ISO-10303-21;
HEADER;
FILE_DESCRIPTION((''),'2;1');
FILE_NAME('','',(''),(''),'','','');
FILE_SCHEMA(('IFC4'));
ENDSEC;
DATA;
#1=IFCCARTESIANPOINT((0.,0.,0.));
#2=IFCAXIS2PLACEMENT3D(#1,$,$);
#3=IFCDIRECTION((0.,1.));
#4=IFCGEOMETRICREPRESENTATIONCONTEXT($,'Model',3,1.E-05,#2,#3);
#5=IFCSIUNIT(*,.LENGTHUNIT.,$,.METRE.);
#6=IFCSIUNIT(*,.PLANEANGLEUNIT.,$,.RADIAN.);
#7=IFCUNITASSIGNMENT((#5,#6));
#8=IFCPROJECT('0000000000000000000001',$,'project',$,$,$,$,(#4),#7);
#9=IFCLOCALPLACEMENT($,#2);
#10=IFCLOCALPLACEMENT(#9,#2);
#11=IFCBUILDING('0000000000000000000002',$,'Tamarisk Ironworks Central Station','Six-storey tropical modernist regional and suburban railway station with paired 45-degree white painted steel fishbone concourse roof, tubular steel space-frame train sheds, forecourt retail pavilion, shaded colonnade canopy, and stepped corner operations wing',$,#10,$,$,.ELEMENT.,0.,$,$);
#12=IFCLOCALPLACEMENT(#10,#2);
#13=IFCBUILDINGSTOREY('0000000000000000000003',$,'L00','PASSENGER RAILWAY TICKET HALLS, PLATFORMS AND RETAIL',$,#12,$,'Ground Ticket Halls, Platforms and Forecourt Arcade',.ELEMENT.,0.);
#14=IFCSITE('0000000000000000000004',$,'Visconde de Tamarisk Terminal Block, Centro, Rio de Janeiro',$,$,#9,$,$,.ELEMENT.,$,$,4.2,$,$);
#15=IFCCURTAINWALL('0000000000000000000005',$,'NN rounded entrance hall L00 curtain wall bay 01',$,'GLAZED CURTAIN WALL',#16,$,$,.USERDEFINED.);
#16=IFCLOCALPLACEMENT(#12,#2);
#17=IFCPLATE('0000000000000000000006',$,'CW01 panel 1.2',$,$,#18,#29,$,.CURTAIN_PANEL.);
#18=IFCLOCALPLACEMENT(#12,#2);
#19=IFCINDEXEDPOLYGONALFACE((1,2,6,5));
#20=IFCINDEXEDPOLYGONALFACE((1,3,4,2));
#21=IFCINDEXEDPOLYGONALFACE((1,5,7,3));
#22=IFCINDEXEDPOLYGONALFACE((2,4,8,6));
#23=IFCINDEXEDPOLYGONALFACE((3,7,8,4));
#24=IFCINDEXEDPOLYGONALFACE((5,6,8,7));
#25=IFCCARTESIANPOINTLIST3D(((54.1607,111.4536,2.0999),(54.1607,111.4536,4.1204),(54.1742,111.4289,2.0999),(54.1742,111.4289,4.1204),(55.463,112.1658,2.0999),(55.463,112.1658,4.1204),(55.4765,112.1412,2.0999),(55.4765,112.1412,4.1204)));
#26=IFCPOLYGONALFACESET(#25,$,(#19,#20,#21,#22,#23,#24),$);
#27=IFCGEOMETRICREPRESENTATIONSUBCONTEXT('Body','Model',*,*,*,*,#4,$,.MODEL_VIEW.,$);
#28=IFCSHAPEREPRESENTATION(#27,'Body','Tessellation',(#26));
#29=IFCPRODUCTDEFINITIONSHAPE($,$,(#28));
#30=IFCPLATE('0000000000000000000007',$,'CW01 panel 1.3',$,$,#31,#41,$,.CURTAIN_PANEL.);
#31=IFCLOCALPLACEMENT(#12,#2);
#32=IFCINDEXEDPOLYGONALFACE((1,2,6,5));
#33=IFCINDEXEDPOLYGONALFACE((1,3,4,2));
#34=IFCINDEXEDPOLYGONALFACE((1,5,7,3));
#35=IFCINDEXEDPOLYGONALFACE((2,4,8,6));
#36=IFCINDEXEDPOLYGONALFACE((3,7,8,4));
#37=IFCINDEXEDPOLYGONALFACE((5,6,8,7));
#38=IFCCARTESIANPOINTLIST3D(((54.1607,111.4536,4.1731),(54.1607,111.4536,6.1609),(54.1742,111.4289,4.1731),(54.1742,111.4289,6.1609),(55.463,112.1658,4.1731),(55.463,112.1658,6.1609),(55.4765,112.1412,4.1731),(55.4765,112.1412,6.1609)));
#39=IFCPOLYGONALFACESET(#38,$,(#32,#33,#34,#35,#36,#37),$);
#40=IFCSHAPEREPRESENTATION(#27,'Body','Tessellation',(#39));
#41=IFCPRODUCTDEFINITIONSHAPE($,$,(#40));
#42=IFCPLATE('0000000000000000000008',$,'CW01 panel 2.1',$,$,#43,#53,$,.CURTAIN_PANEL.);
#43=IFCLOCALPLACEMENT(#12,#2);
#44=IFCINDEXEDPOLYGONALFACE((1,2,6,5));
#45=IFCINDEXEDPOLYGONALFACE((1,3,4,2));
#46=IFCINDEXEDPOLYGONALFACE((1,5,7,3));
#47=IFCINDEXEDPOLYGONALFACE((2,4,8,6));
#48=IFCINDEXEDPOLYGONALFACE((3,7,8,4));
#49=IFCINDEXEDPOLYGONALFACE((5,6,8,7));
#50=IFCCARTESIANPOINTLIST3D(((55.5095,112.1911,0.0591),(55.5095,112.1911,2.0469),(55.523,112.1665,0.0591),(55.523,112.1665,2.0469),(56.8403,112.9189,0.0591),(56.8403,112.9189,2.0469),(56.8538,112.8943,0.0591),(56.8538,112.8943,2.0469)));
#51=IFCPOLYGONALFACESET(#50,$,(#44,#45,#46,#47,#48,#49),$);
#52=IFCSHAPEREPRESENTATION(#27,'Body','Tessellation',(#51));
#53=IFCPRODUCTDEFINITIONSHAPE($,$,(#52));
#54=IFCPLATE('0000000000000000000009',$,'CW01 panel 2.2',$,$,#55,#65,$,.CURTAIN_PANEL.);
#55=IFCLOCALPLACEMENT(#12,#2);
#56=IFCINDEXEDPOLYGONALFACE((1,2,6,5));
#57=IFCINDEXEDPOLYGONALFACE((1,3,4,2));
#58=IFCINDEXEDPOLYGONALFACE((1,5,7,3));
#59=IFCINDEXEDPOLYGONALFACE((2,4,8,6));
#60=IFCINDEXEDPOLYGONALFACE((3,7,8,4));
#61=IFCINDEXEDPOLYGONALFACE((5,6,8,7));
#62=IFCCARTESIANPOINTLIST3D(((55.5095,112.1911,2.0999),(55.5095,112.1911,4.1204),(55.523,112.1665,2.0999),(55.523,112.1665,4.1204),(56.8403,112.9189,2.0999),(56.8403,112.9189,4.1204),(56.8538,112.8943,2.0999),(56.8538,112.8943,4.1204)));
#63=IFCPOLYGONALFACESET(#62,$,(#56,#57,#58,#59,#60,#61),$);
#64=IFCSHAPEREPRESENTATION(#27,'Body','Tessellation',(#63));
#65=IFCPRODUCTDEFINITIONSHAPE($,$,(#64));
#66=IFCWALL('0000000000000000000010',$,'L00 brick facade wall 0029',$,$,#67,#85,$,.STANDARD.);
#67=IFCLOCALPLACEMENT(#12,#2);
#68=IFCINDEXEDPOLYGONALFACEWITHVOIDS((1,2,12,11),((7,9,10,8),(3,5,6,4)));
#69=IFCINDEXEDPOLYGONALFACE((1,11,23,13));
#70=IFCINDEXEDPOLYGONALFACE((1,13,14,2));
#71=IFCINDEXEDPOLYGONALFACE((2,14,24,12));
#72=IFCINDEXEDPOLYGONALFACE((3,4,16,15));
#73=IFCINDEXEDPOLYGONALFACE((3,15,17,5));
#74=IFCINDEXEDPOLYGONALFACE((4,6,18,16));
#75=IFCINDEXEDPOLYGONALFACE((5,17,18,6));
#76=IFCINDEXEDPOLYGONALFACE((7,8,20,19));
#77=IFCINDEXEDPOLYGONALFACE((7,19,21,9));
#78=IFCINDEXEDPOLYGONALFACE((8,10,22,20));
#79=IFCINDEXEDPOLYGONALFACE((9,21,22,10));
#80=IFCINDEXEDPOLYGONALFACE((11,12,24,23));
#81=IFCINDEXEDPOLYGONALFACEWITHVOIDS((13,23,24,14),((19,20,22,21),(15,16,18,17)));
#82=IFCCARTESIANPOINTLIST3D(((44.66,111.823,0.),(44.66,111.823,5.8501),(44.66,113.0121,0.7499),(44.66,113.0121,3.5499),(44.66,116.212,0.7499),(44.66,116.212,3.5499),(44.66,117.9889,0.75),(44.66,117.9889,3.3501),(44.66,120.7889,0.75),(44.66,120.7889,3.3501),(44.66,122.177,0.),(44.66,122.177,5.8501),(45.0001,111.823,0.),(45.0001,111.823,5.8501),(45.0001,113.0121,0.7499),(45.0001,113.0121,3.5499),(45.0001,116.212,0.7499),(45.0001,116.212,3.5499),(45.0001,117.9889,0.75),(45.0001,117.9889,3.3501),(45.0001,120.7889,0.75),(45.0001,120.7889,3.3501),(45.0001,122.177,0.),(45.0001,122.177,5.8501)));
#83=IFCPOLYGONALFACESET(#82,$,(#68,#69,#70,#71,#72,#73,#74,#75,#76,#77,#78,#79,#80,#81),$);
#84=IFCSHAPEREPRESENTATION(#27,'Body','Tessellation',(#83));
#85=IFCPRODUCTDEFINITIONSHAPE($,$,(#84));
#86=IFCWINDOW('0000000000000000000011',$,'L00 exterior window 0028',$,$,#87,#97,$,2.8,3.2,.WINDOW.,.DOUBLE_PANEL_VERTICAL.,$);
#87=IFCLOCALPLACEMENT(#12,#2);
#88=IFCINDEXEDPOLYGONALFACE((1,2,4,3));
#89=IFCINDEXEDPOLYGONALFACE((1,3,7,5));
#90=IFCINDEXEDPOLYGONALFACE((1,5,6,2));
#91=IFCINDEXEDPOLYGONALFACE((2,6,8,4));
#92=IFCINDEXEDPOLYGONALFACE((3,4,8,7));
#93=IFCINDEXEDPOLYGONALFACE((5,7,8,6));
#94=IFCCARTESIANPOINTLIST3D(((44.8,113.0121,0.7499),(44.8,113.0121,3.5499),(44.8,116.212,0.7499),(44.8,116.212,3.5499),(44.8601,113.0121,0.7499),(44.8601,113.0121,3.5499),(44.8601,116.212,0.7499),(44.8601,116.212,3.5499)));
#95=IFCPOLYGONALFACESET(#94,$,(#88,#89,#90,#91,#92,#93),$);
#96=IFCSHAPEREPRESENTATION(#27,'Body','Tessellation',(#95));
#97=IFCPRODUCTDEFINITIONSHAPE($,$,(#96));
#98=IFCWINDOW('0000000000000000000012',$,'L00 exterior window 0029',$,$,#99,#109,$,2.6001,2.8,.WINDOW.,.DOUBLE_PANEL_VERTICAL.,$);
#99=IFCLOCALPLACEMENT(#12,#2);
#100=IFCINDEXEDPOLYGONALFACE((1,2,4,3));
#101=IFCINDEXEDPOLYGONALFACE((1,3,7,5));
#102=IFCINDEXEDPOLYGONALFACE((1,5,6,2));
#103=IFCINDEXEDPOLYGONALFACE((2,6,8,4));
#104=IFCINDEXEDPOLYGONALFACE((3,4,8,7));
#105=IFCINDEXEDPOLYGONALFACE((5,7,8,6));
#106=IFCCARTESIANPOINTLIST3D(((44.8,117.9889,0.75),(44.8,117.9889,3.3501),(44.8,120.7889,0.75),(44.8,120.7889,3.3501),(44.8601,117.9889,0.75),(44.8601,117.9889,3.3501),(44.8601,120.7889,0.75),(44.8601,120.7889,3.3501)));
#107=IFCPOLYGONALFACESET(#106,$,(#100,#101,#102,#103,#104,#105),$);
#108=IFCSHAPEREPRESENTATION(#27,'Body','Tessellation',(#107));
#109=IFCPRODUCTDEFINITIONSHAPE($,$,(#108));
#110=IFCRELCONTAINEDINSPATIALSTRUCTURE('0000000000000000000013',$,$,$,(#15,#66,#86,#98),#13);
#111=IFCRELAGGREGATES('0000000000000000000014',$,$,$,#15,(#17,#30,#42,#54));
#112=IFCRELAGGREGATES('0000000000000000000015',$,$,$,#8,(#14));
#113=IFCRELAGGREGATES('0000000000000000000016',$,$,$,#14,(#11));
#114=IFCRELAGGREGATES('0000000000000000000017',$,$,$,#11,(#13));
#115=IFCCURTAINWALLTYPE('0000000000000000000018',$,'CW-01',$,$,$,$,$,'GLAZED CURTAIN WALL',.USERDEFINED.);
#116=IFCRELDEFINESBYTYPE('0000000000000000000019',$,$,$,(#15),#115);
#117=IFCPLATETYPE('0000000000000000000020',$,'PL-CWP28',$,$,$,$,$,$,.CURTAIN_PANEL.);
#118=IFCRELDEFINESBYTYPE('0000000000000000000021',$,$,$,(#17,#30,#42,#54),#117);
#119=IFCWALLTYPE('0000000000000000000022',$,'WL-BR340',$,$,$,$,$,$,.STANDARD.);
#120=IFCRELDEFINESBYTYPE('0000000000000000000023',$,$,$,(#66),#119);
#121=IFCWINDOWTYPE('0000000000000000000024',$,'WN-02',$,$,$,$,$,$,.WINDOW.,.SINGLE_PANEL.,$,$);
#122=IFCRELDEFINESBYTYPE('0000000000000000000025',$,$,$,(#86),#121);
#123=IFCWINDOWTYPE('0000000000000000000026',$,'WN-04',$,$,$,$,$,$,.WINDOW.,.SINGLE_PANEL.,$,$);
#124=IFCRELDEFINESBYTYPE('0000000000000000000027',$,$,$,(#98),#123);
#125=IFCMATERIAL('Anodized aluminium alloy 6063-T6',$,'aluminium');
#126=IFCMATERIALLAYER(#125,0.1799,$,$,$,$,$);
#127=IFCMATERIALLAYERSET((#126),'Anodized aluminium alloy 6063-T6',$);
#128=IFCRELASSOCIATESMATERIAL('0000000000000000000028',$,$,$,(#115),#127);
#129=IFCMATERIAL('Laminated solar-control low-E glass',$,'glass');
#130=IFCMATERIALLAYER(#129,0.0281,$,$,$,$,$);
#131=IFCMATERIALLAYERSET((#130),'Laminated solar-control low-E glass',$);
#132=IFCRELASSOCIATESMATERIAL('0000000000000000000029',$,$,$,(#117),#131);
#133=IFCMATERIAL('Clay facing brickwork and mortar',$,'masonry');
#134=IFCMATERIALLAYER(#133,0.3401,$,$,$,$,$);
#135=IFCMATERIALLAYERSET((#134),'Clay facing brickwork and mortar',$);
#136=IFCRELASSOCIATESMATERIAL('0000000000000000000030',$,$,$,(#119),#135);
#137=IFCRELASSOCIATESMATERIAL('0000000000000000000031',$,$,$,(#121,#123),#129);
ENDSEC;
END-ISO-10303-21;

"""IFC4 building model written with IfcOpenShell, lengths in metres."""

from ifc_helpers import new_model, si_unit, direction, frame, frame_2d, origin, origin_2d, place, context, subcontext, project, spatial, rectangle, extrude, material, layer, layer_set, type_object, element, fill, aggregate, save


model = new_model("IFC4")

# Units and contexts
model_context = context("Model", 3, precision=1e-05, world=origin(), true_north=direction((0.0, 1.0)))
body_context = subcontext(model_context, "Body", "Model", "MODEL_VIEW")
ifc_project = project(units=[si_unit("LENGTHUNIT", "METRE"), si_unit("PLANEANGLEUNIT", "RADIAN")], contexts=[model_context])

# Site, building, storey
site_placement = place(None, origin())
site = spatial("IfcSite", under=ifc_project, at=site_placement, Name="Visconde de Tamarisk Terminal Block, Centro, Rio de Janeiro", CompositionType="ELEMENT", RefElevation=4.2)
building_placement = place(site_placement, origin())
building = spatial("IfcBuilding", under=site, at=building_placement, Name="Tamarisk Ironworks Central Station", Description="Six-storey tropical modernist regional and suburban railway station with paired 45-degree white painted steel fishbone concourse roof, tubular steel space-frame train sheds, forecourt retail pavilion, shaded colonnade canopy, and stepped corner operations wing", CompositionType="ELEMENT", ElevationOfRefHeight=0.0)
storey_placement = place(building_placement, origin())
storey = spatial("IfcBuildingStorey", under=building, at=storey_placement, Name="L00", Description="PASSENGER RAILWAY TICKET HALLS, PLATFORMS AND RETAIL", LongName="Ground Ticket Halls, Platforms and Forecourt Arcade", CompositionType="ELEMENT", Elevation=0.0)

# Shared definitions
ifc_material_1 = material(Name="Clay facing brickwork and mortar", Category="masonry")

# Curtain wall
ifc_material_2 = material(Name="Anodized aluminium alloy 6063-T6", Category="aluminium")
ifc_layer_1 = layer(ifc_material_2, 0.1799)
ifc_layer_set_1 = layer_set([ifc_layer_1], Name="Anodized aluminium alloy 6063-T6")
curtain_wall_type_1 = type_object("IfcCurtainWallType", Name="CW-01", ElementType="GLAZED CURTAIN WALL", PredefinedType="USERDEFINED", material=ifc_layer_set_1)
curtain_wall_1_placement = place(storey_placement, origin())
curtain_wall_1 = element("IfcCurtainWall", 1, at=curtain_wall_1_placement, inside=storey, type_object=curtain_wall_type_1, Name="NN rounded entrance hall L00 curtain wall bay 01", ObjectType="GLAZED CURTAIN WALL", PredefinedType="USERDEFINED")

# Plates
ifc_material_3 = material(Name="Laminated solar-control low-E glass", Category="glass")
ifc_layer_2 = layer(ifc_material_3, 0.0281)
ifc_layer_set_2 = layer_set([ifc_layer_2], Name="Laminated solar-control low-E glass")
plate_type_1 = type_object("IfcPlateType", Name="PL-CWP28", PredefinedType="CURTAIN_PANEL", material=ifc_layer_set_2)
plate_1_placement = place(storey_placement, frame((54.8186, 111.7974, 2.0999), z_axis=(0.0, 0.0, 1.0), x_axis=(0.877375, 0.479805, 0.0)))
plate_1 = element("IfcPlate", 2, at=plate_1_placement, type_object=plate_type_1, Name="CW01 panel 1.2", PredefinedType="CURTAIN_PANEL", context=body_context, shape_type="SweptSolid", body=[
    extrude(rectangle(XDim=1.4844, YDim=0.0281, at=origin_2d()), origin(), (0.0, 0.0, 1.0), 2.0205),
])
plate_2_placement = place(storey_placement, frame((54.8186, 111.7974, 4.1731), z_axis=(0.0, 0.0, 1.0), x_axis=(0.877375, 0.479805, 0.0)))
plate_2 = element("IfcPlate", 3, at=plate_2_placement, type_object=plate_type_1, Name="CW01 panel 1.3", PredefinedType="CURTAIN_PANEL", context=body_context, shape_type="SweptSolid", body=[
    extrude(rectangle(XDim=1.4844, YDim=0.0281, at=origin_2d()), origin(), (0.0, 0.0, 1.0), 1.9878),
])
plate_3_placement = place(storey_placement, frame((56.1816, 112.5427, 0.0591), z_axis=(0.0, 0.0, 1.0), x_axis=(0.877375, 0.479805, 0.0)))
plate_3 = element("IfcPlate", 4, at=plate_3_placement, type_object=plate_type_1, Name="CW01 panel 2.1", PredefinedType="CURTAIN_PANEL", context=body_context, shape_type="SweptSolid", body=[
    extrude(rectangle(XDim=1.5168, YDim=0.0281, at=origin_2d()), origin(), (0.0, 0.0, 1.0), 1.9878),
])
plate_4_placement = place(storey_placement, frame((56.1816, 112.5427, 2.0999), z_axis=(0.0, 0.0, 1.0), x_axis=(0.877375, 0.479805, 0.0)))
plate_4 = element("IfcPlate", 5, at=plate_4_placement, type_object=plate_type_1, Name="CW01 panel 2.2", PredefinedType="CURTAIN_PANEL", context=body_context, shape_type="SweptSolid", body=[
    extrude(rectangle(XDim=1.5168, YDim=0.0281, at=origin_2d()), origin(), (0.0, 0.0, 1.0), 2.0205),
])
aggregate(curtain_wall_1, [plate_1, plate_2, plate_3, plate_4])

# Wall, openings, windows
ifc_layer_3 = layer(ifc_material_1, 0.3401)
ifc_layer_set_3 = layer_set([ifc_layer_3], Name="Clay facing brickwork and mortar")
wall_type = type_object("IfcWallType", Name="WL-BR340", PredefinedType="STANDARD", material=ifc_layer_set_3)
wall_placement = place(storey_placement, frame((44.8301, 111.823, 0.0), z_axis=(0.0, 0.0, 1.0), x_axis=(0.0, 1.0, 0.0)))
wall = element("IfcWall", 6, at=wall_placement, inside=storey, type_object=wall_type, Name="L00 brick facade wall 0029", PredefinedType="STANDARD", context=body_context, shape_type="SweptSolid", body=[
    extrude(rectangle(XDim=10.354, YDim=0.3401, at=frame_2d((5.177, 0.0))), origin(), (0.0, 0.0, 1.0), 5.8501),
])
opening_1_placement = place(wall_placement, frame((1.189, 0.0, 0.75)))
opening_1 = element("IfcOpeningElement", 7, at=opening_1_placement, cuts=wall, PredefinedType="OPENING", context=body_context, shape_type="SweptSolid", body=[
    extrude(rectangle(XDim=3.2, YDim=2.8, at=frame_2d((1.6001, 1.3999))), frame((0.0, 0.1821, 0.0), z_axis=(0.0, -1.0, 0.0), x_axis=(1.0, 0.0, 0.0)), (0.0, 0.0, 1.0), 0.364),
])
opening_2_placement = place(wall_placement, frame((6.166, 0.0, 0.75)))
opening_2 = element("IfcOpeningElement", 8, at=opening_2_placement, cuts=wall, PredefinedType="OPENING", context=body_context, shape_type="SweptSolid", body=[
    extrude(rectangle(XDim=2.8, YDim=2.6001, at=frame_2d((1.3999, 1.3))), frame((0.0, 0.1821, 0.0), z_axis=(0.0, -1.0, 0.0), x_axis=(1.0, 0.0, 0.0)), (0.0, 0.0, 1.0), 0.364),
])
window_type_1 = type_object("IfcWindowType", Name="WN-02", PartitioningType="SINGLE_PANEL", PredefinedType="WINDOW", material=ifc_material_3)
window_1_placement = place(opening_1_placement, origin())
window_1 = element("IfcWindow", 9, at=window_1_placement, inside=storey, type_object=window_type_1, Name="L00 exterior window 0028", OverallHeight=2.8, OverallWidth=3.2, PartitioningType="DOUBLE_PANEL_VERTICAL", PredefinedType="WINDOW", context=body_context, shape_type="SweptSolid", body=[
    extrude(rectangle(XDim=3.2, YDim=2.8, at=frame_2d((1.6001, 1.3999))), frame((0.0, 0.03, 0.0), z_axis=(0.0, -1.0, 0.0), x_axis=(1.0, 0.0, 0.0)), (0.0, 0.0, 1.0), 0.0601),
])
fill(opening_1, window_1)
window_type_2 = type_object("IfcWindowType", Name="WN-04", PartitioningType="SINGLE_PANEL", PredefinedType="WINDOW", material=ifc_material_3)
window_2_placement = place(opening_2_placement, origin())
window_2 = element("IfcWindow", 10, at=window_2_placement, inside=storey, type_object=window_type_2, Name="L00 exterior window 0029", OverallHeight=2.6001, OverallWidth=2.8, PartitioningType="DOUBLE_PANEL_VERTICAL", PredefinedType="WINDOW", context=body_context, shape_type="SweptSolid", body=[
    extrude(rectangle(XDim=2.8, YDim=2.6001, at=frame_2d((1.3999, 1.3))), frame((0.0, 0.03, 0.0), z_axis=(0.0, -1.0, 0.0), x_axis=(1.0, 0.0, 0.0)), (0.0, 0.0, 1.0), 0.0601),
])
fill(opening_2, window_2)

save(model, "model.ifc")
